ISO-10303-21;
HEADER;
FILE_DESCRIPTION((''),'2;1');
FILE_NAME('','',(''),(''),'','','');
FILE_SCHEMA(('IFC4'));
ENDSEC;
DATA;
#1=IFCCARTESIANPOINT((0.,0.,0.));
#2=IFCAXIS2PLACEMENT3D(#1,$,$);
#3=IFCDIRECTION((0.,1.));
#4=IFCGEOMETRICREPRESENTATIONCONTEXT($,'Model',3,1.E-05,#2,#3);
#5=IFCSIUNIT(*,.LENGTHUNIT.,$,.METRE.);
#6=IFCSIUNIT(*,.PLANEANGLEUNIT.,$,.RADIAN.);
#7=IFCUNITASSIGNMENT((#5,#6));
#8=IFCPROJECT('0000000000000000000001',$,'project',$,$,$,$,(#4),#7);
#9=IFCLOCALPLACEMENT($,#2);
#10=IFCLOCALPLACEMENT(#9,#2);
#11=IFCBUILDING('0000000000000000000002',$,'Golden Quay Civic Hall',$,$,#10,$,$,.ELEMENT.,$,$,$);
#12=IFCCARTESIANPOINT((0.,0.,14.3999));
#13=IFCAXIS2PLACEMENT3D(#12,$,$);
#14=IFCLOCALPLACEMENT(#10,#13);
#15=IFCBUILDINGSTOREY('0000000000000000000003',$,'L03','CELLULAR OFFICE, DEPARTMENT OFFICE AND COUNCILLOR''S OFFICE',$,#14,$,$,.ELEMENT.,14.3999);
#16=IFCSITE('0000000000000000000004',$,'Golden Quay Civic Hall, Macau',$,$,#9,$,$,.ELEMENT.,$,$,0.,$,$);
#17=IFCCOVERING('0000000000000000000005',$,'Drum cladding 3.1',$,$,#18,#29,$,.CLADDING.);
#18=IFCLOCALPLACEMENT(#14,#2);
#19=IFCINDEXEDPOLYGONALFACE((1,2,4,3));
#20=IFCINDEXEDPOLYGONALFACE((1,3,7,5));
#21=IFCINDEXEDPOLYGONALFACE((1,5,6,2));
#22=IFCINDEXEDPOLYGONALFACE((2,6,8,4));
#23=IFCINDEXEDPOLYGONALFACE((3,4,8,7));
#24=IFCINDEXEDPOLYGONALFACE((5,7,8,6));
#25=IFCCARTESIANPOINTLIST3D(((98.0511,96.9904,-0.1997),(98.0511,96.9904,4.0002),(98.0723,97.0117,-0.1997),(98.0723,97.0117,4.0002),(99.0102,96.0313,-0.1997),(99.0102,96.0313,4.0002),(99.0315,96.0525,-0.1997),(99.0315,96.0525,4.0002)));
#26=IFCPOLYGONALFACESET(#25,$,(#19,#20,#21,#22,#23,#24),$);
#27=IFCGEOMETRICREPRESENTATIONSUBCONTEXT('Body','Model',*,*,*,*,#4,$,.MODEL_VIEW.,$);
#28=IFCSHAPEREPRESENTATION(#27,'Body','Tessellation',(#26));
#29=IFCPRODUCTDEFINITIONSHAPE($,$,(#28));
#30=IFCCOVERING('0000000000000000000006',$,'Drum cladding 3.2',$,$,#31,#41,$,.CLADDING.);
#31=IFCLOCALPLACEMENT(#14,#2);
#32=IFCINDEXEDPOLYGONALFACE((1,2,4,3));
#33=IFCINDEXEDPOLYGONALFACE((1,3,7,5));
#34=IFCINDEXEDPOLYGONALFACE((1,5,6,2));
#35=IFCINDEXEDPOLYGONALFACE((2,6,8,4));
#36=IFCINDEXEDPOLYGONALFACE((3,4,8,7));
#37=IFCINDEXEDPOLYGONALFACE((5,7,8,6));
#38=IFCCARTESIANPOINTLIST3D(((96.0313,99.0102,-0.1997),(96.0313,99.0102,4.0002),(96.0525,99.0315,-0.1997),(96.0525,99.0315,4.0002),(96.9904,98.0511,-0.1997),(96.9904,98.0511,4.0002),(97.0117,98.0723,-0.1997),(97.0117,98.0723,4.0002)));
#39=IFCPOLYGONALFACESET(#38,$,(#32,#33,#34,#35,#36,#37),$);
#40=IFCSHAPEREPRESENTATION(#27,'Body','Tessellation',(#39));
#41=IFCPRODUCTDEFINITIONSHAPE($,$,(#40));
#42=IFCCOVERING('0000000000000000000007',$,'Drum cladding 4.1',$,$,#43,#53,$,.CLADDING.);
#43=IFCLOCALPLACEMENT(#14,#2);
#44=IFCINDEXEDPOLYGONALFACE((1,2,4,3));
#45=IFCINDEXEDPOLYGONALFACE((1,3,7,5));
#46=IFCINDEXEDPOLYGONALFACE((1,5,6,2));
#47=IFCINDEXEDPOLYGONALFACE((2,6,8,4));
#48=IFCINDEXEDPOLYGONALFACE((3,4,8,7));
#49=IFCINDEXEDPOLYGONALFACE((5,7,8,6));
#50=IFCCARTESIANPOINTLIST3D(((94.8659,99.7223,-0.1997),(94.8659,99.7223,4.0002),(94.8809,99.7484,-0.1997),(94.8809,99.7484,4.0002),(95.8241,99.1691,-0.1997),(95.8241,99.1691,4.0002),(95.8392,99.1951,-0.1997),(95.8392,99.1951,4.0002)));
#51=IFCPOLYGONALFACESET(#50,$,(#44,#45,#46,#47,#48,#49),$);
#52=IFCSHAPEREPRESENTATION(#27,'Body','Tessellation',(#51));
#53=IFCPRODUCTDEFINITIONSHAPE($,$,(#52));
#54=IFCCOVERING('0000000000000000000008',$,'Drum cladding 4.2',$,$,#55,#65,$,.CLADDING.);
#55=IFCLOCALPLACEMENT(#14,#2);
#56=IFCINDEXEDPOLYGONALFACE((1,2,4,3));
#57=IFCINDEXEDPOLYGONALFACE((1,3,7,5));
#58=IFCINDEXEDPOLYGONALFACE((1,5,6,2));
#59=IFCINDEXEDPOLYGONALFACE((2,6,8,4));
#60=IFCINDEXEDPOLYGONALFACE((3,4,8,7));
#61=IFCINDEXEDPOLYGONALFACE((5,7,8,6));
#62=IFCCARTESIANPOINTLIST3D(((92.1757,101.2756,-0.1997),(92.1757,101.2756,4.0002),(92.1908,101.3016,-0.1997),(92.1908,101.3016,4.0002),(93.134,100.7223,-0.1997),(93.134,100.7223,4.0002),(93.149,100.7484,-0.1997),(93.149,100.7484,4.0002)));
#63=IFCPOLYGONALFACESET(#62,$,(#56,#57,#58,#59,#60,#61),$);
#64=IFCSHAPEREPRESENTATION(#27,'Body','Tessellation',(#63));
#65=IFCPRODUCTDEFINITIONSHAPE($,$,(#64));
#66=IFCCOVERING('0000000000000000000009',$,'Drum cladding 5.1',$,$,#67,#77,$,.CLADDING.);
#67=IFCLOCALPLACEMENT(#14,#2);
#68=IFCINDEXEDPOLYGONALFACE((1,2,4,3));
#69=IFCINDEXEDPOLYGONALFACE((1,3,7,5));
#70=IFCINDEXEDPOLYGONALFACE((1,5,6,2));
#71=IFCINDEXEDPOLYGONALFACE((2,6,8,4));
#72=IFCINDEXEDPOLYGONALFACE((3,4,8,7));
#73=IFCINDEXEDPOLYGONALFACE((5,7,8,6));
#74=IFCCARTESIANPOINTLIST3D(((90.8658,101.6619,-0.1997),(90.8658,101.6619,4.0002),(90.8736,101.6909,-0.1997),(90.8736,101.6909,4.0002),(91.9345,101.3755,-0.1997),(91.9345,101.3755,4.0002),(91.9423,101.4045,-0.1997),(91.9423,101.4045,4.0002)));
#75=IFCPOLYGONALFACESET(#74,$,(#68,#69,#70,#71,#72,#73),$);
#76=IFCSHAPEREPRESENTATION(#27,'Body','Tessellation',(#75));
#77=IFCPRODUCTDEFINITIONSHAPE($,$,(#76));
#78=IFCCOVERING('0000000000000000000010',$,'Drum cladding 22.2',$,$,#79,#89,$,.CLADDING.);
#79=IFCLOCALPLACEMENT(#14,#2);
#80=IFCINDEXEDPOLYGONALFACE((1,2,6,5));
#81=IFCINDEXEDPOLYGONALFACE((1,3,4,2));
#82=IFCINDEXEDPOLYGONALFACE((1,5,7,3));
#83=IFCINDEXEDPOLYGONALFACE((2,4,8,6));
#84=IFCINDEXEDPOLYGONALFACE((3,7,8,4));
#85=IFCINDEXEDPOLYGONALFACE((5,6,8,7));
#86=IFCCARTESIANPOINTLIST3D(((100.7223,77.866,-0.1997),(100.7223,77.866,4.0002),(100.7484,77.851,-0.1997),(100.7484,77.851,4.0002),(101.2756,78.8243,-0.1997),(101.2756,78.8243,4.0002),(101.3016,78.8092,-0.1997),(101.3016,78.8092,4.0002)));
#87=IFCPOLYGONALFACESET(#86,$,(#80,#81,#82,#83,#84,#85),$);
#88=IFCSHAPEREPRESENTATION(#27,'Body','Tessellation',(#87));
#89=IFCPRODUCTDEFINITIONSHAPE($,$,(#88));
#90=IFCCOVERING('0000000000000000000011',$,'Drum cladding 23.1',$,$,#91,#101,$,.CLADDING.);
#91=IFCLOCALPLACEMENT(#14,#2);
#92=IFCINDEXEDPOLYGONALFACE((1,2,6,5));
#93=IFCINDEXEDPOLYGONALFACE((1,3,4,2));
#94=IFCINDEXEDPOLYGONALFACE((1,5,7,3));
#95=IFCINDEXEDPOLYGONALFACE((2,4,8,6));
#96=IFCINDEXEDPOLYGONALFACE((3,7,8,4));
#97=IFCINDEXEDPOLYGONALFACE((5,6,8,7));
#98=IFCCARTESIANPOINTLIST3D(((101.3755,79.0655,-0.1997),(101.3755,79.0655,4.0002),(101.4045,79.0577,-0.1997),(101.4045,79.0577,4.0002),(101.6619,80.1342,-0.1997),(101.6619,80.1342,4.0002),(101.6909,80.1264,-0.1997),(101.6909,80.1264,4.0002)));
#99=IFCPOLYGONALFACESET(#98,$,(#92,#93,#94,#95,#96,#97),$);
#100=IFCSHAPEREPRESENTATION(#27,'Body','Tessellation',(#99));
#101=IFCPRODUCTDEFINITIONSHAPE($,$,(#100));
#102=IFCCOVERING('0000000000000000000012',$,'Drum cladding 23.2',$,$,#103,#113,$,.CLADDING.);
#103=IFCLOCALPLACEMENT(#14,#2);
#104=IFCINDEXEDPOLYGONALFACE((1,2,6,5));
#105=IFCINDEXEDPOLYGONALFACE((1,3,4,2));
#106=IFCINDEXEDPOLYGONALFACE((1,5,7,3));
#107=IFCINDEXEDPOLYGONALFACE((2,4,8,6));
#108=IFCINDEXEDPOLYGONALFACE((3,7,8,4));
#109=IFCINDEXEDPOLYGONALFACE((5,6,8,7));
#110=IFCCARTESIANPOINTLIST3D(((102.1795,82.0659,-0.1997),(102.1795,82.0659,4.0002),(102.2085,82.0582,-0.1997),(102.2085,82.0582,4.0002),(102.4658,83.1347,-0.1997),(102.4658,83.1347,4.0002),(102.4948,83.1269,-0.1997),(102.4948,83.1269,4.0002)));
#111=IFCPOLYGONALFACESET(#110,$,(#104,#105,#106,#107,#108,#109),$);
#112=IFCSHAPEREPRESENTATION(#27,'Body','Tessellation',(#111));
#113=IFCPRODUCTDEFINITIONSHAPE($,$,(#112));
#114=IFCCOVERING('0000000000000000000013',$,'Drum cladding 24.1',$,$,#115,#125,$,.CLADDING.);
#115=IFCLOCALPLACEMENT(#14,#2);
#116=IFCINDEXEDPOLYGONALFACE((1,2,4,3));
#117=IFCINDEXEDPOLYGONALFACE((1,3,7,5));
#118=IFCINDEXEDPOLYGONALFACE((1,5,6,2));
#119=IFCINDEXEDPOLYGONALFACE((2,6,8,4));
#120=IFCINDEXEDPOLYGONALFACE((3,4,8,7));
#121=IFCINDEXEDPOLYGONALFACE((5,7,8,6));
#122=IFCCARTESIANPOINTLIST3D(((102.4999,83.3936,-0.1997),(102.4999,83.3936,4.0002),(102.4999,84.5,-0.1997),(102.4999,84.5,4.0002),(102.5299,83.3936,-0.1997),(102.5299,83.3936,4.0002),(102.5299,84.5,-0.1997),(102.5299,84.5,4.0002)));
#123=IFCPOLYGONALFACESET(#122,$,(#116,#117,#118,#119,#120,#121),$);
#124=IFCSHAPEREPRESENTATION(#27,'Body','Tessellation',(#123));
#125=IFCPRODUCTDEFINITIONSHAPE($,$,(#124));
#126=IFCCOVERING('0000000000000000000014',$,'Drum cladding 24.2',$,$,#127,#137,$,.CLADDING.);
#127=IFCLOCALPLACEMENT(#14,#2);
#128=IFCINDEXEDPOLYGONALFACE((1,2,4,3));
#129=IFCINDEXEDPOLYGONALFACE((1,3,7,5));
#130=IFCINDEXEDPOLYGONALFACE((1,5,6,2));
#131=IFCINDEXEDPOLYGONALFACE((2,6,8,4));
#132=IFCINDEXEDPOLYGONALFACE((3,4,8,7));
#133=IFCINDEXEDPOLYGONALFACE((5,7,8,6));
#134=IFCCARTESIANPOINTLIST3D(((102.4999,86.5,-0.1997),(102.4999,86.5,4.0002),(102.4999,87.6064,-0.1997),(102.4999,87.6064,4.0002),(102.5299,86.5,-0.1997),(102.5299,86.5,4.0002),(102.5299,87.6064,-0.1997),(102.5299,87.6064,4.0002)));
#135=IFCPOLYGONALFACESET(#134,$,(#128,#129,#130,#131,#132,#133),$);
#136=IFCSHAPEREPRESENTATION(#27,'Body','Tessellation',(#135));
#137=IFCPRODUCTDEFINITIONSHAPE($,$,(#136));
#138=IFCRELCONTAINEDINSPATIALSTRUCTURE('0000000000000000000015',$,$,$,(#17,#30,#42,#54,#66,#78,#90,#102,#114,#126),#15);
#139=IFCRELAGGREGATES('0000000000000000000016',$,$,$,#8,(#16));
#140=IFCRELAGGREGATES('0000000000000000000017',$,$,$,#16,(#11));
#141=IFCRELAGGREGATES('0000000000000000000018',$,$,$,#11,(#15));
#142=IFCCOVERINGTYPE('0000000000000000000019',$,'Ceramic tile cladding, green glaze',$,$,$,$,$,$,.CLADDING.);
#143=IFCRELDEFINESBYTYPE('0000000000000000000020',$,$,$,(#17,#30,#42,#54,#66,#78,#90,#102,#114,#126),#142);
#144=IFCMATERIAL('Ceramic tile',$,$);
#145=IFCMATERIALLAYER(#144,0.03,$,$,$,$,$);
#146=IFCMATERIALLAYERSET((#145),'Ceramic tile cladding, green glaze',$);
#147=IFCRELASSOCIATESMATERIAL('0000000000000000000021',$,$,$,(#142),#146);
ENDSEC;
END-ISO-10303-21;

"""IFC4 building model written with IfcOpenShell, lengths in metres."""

from ifc_helpers import new_model, si_unit, direction, frame, origin, origin_2d, place, context, subcontext, project, spatial, rectangle, extrude, material, layer, layer_set, type_object, element, save


model = new_model("IFC4")

# Units and contexts
model_context = context("Model", 3, precision=1e-05, world=origin(), true_north=direction((0.0, 1.0)))
body_context = subcontext(model_context, "Body", "Model", "MODEL_VIEW")
ifc_project = project(units=[si_unit("LENGTHUNIT", "METRE"), si_unit("PLANEANGLEUNIT", "RADIAN")], contexts=[model_context])

# Site, building, storey
site_placement = place(None, origin())
site = spatial("IfcSite", under=ifc_project, at=site_placement, Name="Golden Quay Civic Hall, Macau", CompositionType="ELEMENT", RefElevation=0.0)
building_placement = place(site_placement, origin())
building = spatial("IfcBuilding", under=site, at=building_placement, Name="Golden Quay Civic Hall", CompositionType="ELEMENT")
storey_placement = place(building_placement, frame((0.0, 0.0, 14.3999)))
storey = spatial("IfcBuildingStorey", under=building, at=storey_placement, Name="L03", Description="CELLULAR OFFICE, DEPARTMENT OFFICE AND COUNCILLOR'S OFFICE", CompositionType="ELEMENT", Elevation=14.3999)

# Coverings
ifc_material_1 = material(Name="Ceramic tile")
ifc_layer_1 = layer(ifc_material_1, 0.03)
ifc_layer_set_1 = layer_set([ifc_layer_1], Name="Ceramic tile cladding, green glaze")
covering_type = type_object("IfcCoveringType", Name="Ceramic tile cladding, green glaze", PredefinedType="CLADDING", material=ifc_layer_set_1)
for number, where, z_axis, x_axis, name in (
    (1, (98.5413, 96.5215, -0.1997), (0.0, 0.0, 1.0), (-0.707107, 0.707107, 0.0), "Drum cladding 3.1"),
    (2, (96.5215, 98.5413, -0.1997), (0.0, 0.0, 1.0), (-0.707107, 0.707107, 0.0), "Drum cladding 3.2"),
):
    element("IfcCovering", number, at=place(storey_placement, frame(where, z_axis=z_axis, x_axis=x_axis)), inside=storey, type_object=covering_type, Name=name, PredefinedType="CLADDING", context=body_context, shape_type="SweptSolid", body=[
        extrude(rectangle(XDim=1.3564, YDim=0.03, at=origin_2d()), origin(), (0.0, 0.0, 1.0), 4.2),
    ])
for number, where, z_axis, x_axis, name in (
    (3, (95.3525, 99.4587, -0.1997), (0.0, 0.0, 1.0), (-0.866025, 0.5, 0.0), "Drum cladding 4.1"),
    (4, (92.6624, 101.012, -0.1997), (0.0, 0.0, 1.0), (-0.866025, 0.5, 0.0), "Drum cladding 4.2"),
    (5, (91.4041, 101.5332, -0.1997), (0.0, 0.0, 1.0), (-0.965926, 0.258819, 0.0), "Drum cladding 5.1"),
    (6, (101.012, 78.3376, -0.1997), (0.0, 0.0, 1.0), (0.5, 0.866025, 0.0), "Drum cladding 22.2"),
    (7, (101.5332, 79.5959, -0.1997), (0.0, 0.0, 1.0), (0.258819, 0.965926, 0.0), "Drum cladding 23.1"),
    (8, (102.3372, 82.5964, -0.1997), (0.0, 0.0, 1.0), (0.258819, 0.965926, 0.0), "Drum cladding 23.2"),
    (9, (102.5149, 83.9468, -0.1997), (0.0, 0.0, 1.0), (0.0, 1.0, 0.0), "Drum cladding 24.1"),
    (10, (102.5149, 87.0532, -0.1997), (0.0, 0.0, 1.0), (0.0, 1.0, 0.0), "Drum cladding 24.2"),
):
    element("IfcCovering", number, at=place(storey_placement, frame(where, z_axis=z_axis, x_axis=x_axis)), inside=storey, type_object=covering_type, Name=name, PredefinedType="CLADDING", context=body_context, shape_type="SweptSolid", body=[
        extrude(rectangle(XDim=1.1064, YDim=0.03, at=origin_2d()), origin(), (0.0, 0.0, 1.0), 4.2),
    ])

save(model, "model.ifc")
